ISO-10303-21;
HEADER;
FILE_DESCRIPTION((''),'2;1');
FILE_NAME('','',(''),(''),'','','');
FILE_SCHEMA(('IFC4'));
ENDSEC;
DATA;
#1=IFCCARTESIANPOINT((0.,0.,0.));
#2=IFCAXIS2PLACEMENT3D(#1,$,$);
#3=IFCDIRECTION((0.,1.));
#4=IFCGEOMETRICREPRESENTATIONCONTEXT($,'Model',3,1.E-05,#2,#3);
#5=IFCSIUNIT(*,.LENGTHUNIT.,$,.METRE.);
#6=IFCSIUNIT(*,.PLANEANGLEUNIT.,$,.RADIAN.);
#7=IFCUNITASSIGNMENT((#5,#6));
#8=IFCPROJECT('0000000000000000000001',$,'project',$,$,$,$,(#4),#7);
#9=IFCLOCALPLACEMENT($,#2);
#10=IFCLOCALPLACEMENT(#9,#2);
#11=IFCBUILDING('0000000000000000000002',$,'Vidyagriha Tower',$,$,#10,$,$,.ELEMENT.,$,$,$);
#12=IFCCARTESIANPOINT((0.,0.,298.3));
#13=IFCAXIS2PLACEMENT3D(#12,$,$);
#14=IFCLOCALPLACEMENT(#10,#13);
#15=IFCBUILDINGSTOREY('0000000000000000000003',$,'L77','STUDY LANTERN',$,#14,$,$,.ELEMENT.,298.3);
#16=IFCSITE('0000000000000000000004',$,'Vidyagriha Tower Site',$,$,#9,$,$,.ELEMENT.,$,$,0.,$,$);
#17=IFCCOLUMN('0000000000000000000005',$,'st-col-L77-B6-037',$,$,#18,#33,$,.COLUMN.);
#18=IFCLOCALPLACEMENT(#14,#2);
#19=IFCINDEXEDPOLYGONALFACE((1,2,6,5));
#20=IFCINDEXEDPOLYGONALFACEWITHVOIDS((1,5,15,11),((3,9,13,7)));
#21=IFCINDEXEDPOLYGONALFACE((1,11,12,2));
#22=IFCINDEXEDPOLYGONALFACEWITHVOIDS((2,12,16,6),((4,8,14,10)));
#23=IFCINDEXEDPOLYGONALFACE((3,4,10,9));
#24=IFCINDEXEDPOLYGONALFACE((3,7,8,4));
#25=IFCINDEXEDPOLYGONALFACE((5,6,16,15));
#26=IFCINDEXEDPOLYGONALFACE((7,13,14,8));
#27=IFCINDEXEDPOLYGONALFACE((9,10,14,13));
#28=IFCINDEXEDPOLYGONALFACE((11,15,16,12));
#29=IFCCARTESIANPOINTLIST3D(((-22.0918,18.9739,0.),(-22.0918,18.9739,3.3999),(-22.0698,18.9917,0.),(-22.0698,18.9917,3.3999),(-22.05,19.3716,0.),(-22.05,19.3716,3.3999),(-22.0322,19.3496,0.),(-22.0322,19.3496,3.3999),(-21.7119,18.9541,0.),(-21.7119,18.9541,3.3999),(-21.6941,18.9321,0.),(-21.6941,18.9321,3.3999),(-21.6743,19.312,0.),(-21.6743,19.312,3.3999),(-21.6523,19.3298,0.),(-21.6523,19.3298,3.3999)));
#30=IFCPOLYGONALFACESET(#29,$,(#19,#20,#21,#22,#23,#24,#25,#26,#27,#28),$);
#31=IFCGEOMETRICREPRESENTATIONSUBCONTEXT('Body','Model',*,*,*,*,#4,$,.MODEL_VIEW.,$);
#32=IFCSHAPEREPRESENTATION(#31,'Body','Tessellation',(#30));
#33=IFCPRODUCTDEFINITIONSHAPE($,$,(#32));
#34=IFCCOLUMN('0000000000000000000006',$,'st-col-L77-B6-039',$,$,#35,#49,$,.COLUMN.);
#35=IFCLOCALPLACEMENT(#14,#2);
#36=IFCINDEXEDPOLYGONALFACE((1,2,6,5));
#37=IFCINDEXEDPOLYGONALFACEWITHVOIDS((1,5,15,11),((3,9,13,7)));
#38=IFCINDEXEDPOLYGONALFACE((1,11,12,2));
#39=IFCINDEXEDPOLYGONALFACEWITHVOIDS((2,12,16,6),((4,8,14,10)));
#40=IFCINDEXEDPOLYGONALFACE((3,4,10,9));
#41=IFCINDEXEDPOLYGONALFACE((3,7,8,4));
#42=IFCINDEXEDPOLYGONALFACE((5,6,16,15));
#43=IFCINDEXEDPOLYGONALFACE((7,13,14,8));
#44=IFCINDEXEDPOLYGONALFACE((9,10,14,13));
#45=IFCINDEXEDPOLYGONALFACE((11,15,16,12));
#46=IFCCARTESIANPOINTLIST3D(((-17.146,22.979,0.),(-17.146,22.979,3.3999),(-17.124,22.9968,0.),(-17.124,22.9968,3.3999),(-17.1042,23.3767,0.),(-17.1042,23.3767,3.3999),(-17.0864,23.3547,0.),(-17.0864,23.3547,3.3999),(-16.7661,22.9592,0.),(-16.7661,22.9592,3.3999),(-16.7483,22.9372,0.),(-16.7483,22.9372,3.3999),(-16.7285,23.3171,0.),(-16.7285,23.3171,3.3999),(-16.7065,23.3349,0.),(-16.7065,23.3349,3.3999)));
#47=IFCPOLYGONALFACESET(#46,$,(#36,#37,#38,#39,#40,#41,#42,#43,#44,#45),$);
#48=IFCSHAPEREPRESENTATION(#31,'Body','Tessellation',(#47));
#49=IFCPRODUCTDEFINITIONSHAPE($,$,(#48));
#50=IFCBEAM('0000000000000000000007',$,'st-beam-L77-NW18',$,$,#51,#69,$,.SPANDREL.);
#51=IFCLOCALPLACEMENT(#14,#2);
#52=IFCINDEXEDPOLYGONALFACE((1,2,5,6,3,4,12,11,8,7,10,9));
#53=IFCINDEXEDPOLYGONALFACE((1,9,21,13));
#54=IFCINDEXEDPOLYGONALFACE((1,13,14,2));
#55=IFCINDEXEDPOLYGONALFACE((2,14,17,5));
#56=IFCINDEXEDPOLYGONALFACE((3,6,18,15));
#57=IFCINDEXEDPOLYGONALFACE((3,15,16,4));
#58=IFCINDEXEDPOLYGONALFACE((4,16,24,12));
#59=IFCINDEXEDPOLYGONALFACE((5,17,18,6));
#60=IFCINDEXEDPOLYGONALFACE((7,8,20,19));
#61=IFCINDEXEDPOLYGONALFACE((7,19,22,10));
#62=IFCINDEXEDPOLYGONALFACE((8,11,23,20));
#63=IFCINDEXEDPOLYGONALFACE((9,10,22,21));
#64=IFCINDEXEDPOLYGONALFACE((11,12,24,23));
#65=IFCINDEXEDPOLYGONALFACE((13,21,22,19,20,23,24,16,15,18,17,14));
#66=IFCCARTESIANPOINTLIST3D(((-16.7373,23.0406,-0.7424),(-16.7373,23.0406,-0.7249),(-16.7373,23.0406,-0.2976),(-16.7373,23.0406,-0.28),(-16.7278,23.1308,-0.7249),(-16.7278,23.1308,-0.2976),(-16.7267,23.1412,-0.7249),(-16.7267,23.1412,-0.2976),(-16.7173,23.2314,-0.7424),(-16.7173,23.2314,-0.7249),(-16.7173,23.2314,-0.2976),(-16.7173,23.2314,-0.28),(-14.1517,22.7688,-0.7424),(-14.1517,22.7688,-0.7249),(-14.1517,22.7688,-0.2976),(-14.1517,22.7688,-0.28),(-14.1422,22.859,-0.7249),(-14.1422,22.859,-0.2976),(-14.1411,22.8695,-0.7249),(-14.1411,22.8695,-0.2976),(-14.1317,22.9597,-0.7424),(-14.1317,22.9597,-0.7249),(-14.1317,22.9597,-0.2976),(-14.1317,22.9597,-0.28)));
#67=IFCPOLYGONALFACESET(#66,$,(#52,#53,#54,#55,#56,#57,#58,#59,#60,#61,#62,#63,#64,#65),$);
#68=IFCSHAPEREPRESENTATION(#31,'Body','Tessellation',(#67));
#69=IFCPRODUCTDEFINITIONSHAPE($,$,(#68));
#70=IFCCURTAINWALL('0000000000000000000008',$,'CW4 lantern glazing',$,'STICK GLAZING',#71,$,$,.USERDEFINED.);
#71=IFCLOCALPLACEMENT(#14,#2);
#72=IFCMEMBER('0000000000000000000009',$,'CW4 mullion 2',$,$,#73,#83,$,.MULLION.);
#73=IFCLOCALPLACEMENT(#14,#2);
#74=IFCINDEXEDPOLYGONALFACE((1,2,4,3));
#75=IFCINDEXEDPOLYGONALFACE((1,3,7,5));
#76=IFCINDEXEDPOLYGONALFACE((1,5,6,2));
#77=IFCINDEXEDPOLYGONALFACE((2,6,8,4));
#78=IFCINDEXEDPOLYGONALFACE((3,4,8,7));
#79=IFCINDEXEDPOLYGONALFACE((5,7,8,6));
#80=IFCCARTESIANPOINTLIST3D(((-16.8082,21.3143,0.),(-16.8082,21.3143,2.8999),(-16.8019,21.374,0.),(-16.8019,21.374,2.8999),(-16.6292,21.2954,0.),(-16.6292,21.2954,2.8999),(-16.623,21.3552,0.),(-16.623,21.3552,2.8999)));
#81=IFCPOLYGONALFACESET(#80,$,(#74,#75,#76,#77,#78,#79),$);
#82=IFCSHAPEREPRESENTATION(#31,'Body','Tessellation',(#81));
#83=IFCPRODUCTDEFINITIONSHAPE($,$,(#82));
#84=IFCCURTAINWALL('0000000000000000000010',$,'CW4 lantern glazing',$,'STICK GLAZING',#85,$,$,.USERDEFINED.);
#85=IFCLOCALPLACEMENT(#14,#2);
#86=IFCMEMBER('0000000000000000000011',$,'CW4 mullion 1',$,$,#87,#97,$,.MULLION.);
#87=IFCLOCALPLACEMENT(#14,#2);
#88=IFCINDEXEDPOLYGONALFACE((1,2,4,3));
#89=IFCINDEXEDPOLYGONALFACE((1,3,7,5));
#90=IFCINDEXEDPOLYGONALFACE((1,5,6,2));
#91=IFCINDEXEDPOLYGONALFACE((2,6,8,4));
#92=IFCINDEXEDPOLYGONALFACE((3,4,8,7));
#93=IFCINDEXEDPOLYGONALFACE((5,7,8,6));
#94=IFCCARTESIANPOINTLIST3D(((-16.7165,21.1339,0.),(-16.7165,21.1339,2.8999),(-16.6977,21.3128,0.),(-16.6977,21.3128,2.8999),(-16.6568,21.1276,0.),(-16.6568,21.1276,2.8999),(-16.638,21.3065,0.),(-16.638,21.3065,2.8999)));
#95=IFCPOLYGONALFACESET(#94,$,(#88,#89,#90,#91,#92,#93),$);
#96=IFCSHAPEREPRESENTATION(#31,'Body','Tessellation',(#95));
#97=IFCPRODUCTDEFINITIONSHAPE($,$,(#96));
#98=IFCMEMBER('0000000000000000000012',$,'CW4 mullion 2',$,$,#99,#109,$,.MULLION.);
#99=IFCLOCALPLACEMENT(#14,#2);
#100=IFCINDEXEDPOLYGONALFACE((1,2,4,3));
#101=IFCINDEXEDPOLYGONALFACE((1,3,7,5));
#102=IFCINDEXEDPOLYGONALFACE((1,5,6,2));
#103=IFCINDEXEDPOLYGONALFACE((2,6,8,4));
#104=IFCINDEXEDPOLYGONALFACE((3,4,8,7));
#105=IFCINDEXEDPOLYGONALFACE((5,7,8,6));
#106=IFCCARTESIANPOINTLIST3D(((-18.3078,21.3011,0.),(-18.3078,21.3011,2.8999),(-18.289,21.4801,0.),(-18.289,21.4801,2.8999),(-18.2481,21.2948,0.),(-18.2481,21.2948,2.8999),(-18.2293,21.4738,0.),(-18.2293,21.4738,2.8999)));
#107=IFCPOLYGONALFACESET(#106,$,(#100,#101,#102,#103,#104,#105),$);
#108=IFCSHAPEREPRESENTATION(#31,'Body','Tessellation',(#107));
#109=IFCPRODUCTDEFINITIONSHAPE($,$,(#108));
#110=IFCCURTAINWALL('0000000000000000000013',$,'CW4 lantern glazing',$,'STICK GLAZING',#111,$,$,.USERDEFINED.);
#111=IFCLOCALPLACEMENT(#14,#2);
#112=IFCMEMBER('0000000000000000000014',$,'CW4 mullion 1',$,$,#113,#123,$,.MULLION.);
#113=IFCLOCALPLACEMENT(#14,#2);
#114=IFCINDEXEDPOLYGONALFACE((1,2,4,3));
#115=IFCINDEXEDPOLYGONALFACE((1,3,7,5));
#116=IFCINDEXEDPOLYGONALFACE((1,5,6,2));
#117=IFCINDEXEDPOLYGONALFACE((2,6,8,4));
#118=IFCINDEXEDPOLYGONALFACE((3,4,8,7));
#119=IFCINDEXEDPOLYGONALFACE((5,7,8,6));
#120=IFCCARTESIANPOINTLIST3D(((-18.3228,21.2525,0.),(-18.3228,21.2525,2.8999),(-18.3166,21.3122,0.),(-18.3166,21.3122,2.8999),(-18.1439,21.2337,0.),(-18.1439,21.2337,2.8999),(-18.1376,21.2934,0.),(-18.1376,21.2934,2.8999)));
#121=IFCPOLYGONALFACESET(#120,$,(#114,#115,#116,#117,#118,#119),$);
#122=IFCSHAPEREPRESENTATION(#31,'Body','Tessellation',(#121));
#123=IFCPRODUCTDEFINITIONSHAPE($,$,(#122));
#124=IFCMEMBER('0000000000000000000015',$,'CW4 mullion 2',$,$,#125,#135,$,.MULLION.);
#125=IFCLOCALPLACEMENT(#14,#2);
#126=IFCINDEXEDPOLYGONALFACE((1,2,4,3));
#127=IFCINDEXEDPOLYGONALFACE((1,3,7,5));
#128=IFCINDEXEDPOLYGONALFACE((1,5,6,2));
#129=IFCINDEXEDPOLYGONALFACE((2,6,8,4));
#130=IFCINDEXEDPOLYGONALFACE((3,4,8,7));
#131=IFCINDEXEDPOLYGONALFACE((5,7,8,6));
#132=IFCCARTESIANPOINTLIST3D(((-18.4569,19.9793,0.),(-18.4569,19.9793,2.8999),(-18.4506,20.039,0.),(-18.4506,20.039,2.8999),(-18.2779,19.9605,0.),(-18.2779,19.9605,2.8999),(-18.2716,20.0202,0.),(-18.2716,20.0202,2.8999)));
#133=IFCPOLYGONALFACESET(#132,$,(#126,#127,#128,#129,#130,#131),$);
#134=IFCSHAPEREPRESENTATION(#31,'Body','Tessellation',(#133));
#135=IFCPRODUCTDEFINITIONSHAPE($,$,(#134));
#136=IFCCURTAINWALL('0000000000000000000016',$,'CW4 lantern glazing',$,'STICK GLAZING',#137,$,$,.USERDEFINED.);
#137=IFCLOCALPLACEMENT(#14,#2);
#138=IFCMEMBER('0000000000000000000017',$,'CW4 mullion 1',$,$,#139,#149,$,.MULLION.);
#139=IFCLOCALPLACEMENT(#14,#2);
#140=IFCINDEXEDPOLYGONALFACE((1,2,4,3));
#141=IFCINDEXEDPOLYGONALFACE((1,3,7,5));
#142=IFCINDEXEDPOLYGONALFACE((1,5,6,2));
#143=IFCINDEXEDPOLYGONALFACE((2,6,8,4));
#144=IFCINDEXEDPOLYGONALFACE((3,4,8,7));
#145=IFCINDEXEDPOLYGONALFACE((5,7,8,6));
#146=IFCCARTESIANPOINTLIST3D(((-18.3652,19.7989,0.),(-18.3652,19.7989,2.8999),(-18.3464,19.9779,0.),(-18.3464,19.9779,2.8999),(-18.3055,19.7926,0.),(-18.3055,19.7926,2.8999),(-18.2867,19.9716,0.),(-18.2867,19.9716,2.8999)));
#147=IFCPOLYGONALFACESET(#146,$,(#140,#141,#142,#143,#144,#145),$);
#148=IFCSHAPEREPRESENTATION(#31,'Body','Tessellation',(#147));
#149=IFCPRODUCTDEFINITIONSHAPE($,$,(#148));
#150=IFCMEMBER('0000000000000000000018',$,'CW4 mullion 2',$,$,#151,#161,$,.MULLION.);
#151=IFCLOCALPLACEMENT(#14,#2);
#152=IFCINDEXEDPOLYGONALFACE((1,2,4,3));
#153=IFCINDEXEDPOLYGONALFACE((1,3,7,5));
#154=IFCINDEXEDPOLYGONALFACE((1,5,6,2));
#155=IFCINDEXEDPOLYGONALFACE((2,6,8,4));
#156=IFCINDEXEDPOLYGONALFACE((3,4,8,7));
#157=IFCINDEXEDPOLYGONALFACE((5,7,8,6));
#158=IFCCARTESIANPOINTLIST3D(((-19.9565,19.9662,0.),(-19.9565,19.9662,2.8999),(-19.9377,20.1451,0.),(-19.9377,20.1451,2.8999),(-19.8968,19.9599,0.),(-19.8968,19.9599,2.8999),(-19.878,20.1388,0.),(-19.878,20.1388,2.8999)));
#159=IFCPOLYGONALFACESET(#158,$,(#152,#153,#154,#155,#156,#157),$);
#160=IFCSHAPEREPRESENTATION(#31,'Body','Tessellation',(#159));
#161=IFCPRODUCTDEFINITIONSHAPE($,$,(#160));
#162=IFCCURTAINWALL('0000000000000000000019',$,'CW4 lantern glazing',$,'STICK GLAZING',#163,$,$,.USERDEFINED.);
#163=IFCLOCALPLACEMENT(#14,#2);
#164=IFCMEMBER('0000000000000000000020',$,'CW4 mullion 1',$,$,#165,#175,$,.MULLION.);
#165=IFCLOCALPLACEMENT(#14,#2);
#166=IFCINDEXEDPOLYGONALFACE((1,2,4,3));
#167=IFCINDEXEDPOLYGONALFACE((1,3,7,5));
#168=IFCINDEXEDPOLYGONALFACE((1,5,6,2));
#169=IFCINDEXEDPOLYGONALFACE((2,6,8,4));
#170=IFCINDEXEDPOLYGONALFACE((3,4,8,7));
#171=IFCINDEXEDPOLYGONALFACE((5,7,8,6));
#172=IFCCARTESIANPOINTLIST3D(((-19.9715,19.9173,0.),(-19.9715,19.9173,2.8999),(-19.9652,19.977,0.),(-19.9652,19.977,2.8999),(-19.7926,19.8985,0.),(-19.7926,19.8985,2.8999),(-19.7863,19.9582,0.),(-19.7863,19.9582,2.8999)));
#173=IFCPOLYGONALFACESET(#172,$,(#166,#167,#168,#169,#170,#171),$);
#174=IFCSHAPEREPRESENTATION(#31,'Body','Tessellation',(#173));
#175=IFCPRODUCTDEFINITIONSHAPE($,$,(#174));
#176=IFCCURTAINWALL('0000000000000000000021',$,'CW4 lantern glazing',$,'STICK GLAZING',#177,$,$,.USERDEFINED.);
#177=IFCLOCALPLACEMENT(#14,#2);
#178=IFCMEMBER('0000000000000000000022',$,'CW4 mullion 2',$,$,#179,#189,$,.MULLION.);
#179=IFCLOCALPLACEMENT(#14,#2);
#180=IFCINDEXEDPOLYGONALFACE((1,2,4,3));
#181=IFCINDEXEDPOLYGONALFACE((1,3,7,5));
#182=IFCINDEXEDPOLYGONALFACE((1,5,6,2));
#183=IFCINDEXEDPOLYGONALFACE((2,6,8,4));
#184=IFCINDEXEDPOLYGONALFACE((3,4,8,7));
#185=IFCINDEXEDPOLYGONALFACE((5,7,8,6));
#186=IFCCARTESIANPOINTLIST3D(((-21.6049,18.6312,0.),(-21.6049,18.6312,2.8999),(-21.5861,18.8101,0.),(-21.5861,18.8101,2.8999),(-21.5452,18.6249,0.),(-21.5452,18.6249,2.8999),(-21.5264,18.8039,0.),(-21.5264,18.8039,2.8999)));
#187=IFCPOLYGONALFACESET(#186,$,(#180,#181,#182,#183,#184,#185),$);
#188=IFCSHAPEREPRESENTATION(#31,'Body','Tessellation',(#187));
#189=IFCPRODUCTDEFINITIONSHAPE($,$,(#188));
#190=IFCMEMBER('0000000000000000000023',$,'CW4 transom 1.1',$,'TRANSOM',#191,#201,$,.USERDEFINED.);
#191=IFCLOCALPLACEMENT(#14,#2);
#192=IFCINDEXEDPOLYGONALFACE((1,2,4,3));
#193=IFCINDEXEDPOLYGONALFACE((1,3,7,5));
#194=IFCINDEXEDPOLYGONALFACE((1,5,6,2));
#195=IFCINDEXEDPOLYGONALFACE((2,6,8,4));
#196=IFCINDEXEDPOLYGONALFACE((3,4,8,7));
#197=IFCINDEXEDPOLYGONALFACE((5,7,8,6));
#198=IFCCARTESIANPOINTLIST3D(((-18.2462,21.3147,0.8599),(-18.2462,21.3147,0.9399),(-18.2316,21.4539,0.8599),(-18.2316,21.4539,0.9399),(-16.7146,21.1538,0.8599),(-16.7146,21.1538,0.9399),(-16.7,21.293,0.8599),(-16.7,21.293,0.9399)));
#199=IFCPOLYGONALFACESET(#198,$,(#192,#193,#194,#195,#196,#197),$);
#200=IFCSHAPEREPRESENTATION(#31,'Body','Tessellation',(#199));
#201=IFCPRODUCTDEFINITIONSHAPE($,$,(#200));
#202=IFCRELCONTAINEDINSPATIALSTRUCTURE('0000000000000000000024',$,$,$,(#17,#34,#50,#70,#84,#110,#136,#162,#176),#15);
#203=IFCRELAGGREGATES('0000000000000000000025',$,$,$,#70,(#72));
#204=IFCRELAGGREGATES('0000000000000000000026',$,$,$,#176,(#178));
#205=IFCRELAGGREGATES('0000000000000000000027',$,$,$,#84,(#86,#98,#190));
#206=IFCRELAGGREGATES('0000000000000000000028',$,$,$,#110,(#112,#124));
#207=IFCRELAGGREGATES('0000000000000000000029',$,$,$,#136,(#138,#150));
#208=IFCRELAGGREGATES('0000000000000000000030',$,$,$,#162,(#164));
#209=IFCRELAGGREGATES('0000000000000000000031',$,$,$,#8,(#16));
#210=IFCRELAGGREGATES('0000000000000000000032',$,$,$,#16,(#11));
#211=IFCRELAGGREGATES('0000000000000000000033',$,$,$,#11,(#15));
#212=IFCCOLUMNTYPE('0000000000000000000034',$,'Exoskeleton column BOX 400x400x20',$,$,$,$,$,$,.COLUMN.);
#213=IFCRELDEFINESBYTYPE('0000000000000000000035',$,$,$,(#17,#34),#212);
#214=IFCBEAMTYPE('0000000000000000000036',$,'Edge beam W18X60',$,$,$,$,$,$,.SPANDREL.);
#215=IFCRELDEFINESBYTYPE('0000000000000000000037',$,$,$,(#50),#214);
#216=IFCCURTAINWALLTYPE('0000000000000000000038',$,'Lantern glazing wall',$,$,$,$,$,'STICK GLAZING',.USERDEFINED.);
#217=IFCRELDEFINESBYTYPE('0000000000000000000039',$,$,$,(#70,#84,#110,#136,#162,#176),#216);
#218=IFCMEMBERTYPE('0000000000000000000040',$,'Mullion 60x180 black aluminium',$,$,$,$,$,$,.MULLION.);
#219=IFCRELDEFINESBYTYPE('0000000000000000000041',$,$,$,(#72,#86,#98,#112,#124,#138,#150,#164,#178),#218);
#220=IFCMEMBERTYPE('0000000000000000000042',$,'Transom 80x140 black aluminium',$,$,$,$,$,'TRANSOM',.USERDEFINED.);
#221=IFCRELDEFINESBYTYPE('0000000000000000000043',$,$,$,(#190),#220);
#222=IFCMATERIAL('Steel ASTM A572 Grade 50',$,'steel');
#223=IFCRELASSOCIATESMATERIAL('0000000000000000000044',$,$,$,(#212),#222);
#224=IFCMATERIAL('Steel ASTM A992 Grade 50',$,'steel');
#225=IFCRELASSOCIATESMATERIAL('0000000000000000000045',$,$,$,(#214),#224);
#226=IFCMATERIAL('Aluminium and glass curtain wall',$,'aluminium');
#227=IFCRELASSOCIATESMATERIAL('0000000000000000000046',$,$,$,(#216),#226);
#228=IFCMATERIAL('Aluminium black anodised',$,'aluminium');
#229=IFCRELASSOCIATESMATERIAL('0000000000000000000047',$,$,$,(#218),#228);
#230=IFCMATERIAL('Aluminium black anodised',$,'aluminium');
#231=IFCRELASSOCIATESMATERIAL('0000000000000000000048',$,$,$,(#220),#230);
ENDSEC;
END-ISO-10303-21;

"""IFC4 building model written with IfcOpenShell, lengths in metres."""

from ifc_helpers import new_model, si_unit, direction, frame, origin, origin_2d, place, context, subcontext, project, spatial, rectangle, hollow_rectangle, i_section, extrude, material, material_profile, profile_set, type_object, element, aggregate, save


model = new_model("IFC4")

# Units and contexts
model_context = context("Model", 3, precision=1e-05, world=origin(), true_north=direction((0.0, 1.0)))
body_context = subcontext(model_context, "Body", "Model", "MODEL_VIEW")
ifc_project = project(units=[si_unit("LENGTHUNIT", "METRE"), si_unit("PLANEANGLEUNIT", "RADIAN")], contexts=[model_context])

# Site, building, storey
site_placement = place(None, origin())
site = spatial("IfcSite", under=ifc_project, at=site_placement, Name="Vidyagriha Tower Site", CompositionType="ELEMENT", RefElevation=0.0)
building_placement = place(site_placement, origin())
building = spatial("IfcBuilding", under=site, at=building_placement, Name="Vidyagriha Tower", CompositionType="ELEMENT")
storey_placement = place(building_placement, frame((0.0, 0.0, 298.3)))
storey = spatial("IfcBuildingStorey", under=building, at=storey_placement, Name="L77", Description="STUDY LANTERN", CompositionType="ELEMENT", Elevation=298.3)

# Columns
ifc_material_1 = material(Name="Steel ASTM A572 Grade 50", Category="steel")
ifc_material_profile_1 = material_profile(ifc_material_1, hollow_rectangle(XDim=0.3999, YDim=0.3999, WallThickness=0.02, at=origin_2d()), Name="BOX 400x400x20")
ifc_profile_set_1 = profile_set([ifc_material_profile_1], Name="Steel ASTM A572 Grade 50")
column_type = type_object("IfcColumnType", Name="Exoskeleton column BOX 400x400x20", PredefinedType="COLUMN", material=ifc_profile_set_1)
for number, where, z_axis, x_axis, name in (
    (1, (-21.8721, 19.1519, 0.0), (0.0, 0.0, 1.0), (0.994522, -0.104528, 0.0), "st-col-L77-B6-037"),
    (2, (-16.9263, 23.157, 0.0), (0.0, 0.0, 1.0), (0.994522, -0.104528, 0.0), "st-col-L77-B6-039"),
):
    element("IfcColumn", number, at=place(storey_placement, frame(where, z_axis=z_axis, x_axis=x_axis)), inside=storey, type_object=column_type, Name=name, PredefinedType="COLUMN", context=body_context, shape_type="SweptSolid", body=[
        extrude(hollow_rectangle(XDim=0.3999, YDim=0.3999, WallThickness=0.02, at=origin_2d()), origin(), (0.0, 0.0, 1.0), 3.3999),
    ])

# Beam
ifc_material_2 = material(Name="Steel ASTM A992 Grade 50", Category="steel")
ifc_material_profile_2 = material_profile(ifc_material_2, i_section(OverallWidth=0.1919, OverallDepth=0.4624, WebThickness=0.0105, FlangeThickness=0.0176, at=origin_2d()), Name="W18X60")
ifc_profile_set_2 = profile_set([ifc_material_profile_2], Name="Steel ASTM A992 Grade 50")
beam_type = type_object("IfcBeamType", Name="Edge beam W18X60", PredefinedType="SPANDREL", material=ifc_profile_set_2)
beam_placement = place(storey_placement, frame((-16.7273, 23.136, -0.5112), z_axis=(0.994523, -0.104514, 0.0), x_axis=(0.104514, 0.994523, 0.0)))
element("IfcBeam", 3, at=beam_placement, inside=storey, type_object=beam_type, Name="st-beam-L77-NW18", PredefinedType="SPANDREL", context=body_context, shape_type="SweptSolid", body=[
    extrude(i_section(OverallWidth=0.1919, OverallDepth=0.4624, WebThickness=0.0105, FlangeThickness=0.0176, at=origin_2d()), origin(), (0.0, 0.0, 1.0), 2.5999),
])

# Curtain wall, member
ifc_material_3 = material(Name="Aluminium and glass curtain wall", Category="aluminium")
curtain_wall_type = type_object("IfcCurtainWallType", Name="Lantern glazing wall", ElementType="STICK GLAZING", PredefinedType="USERDEFINED", material=ifc_material_3)
curtain_wall_1_placement = place(storey_placement, origin())
curtain_wall_1 = element("IfcCurtainWall", 4, at=curtain_wall_1_placement, inside=storey, type_object=curtain_wall_type, Name="CW4 lantern glazing", ObjectType="STICK GLAZING", PredefinedType="USERDEFINED")
ifc_material_4 = material(Name="Aluminium black anodised", Category="aluminium")
ifc_material_profile_3 = material_profile(ifc_material_4, rectangle(XDim=0.1799, YDim=0.0601, at=origin_2d()), Name="Mullion 60x180 black aluminium")
ifc_profile_set_3 = profile_set([ifc_material_profile_3], Name="Aluminium black anodised")
member_type_1 = type_object("IfcMemberType", Name="Mullion 60x180 black aluminium", PredefinedType="MULLION", material=ifc_profile_set_3)
member_1_placement = place(storey_placement, frame((-16.7156, 21.3347, 0.0), z_axis=(0.0, 0.0, 1.0), x_axis=(0.99452, -0.104549, 0.0)))
member_1 = element("IfcMember", 5, at=member_1_placement, type_object=member_type_1, Name="CW4 mullion 2", PredefinedType="MULLION", context=body_context, shape_type="SweptSolid", body=[
    extrude(rectangle(XDim=0.1799, YDim=0.0601, at=origin_2d()), origin(), (0.0, 0.0, 1.0), 2.8999),
])
aggregate(curtain_wall_1, [member_1])

# Curtain walls, members
curtain_wall_2_placement = place(storey_placement, origin())
curtain_wall_2 = element("IfcCurtainWall", 6, at=curtain_wall_2_placement, inside=storey, type_object=curtain_wall_type, Name="CW4 lantern glazing", ObjectType="STICK GLAZING", PredefinedType="USERDEFINED")
member_2_placement = place(storey_placement, frame((-16.6772, 21.2202, 0.0), z_axis=(0.0, 0.0, 1.0), x_axis=(-0.104519, -0.994523, 0.0)))
member_2 = element("IfcMember", 7, at=member_2_placement, type_object=member_type_1, Name="CW4 mullion 1", PredefinedType="MULLION", context=body_context, shape_type="SweptSolid", body=[
    extrude(rectangle(XDim=0.1799, YDim=0.0601, at=origin_2d()), origin(), (0.0, 0.0, 1.0), 2.8999),
])
member_3_placement = place(storey_placement, frame((-18.2686, 21.3875, 0.0), z_axis=(0.0, 0.0, 1.0), x_axis=(-0.104519, -0.994523, 0.0)))
member_3 = element("IfcMember", 8, at=member_3_placement, type_object=member_type_1, Name="CW4 mullion 2", PredefinedType="MULLION", context=body_context, shape_type="SweptSolid", body=[
    extrude(rectangle(XDim=0.1799, YDim=0.0601, at=origin_2d()), origin(), (0.0, 0.0, 1.0), 2.8999),
])
curtain_wall_3_placement = place(storey_placement, origin())
curtain_wall_3 = element("IfcCurtainWall", 9, at=curtain_wall_3_placement, inside=storey, type_object=curtain_wall_type, Name="CW4 lantern glazing", ObjectType="STICK GLAZING", PredefinedType="USERDEFINED")
member_4_placement = place(storey_placement, frame((-18.2302, 21.2729, 0.0), z_axis=(0.0, 0.0, 1.0), x_axis=(0.99452, -0.104549, 0.0)))
member_4 = element("IfcMember", 10, at=member_4_placement, type_object=member_type_1, Name="CW4 mullion 1", PredefinedType="MULLION", context=body_context, shape_type="SweptSolid", body=[
    extrude(rectangle(XDim=0.1799, YDim=0.0601, at=origin_2d()), origin(), (0.0, 0.0, 1.0), 2.8999),
])
member_5_placement = place(storey_placement, frame((-18.3643, 19.9998, 0.0), z_axis=(0.0, 0.0, 1.0), x_axis=(0.99452, -0.104549, 0.0)))
member_5 = element("IfcMember", 11, at=member_5_placement, type_object=member_type_1, Name="CW4 mullion 2", PredefinedType="MULLION", context=body_context, shape_type="SweptSolid", body=[
    extrude(rectangle(XDim=0.1799, YDim=0.0601, at=origin_2d()), origin(), (0.0, 0.0, 1.0), 2.8999),
])
curtain_wall_4_placement = place(storey_placement, origin())
curtain_wall_4 = element("IfcCurtainWall", 12, at=curtain_wall_4_placement, inside=storey, type_object=curtain_wall_type, Name="CW4 lantern glazing", ObjectType="STICK GLAZING", PredefinedType="USERDEFINED")
member_6_placement = place(storey_placement, frame((-18.3259, 19.8853, 0.0), z_axis=(0.0, 0.0, 1.0), x_axis=(-0.104512, -0.994524, 0.0)))
member_6 = element("IfcMember", 13, at=member_6_placement, type_object=member_type_1, Name="CW4 mullion 1", PredefinedType="MULLION", context=body_context, shape_type="SweptSolid", body=[
    extrude(rectangle(XDim=0.1799, YDim=0.0601, at=origin_2d()), origin(), (0.0, 0.0, 1.0), 2.8999),
])
member_7_placement = place(storey_placement, frame((-19.9172, 20.0525, 0.0), z_axis=(0.0, 0.0, 1.0), x_axis=(-0.104512, -0.994524, 0.0)))
member_7 = element("IfcMember", 14, at=member_7_placement, type_object=member_type_1, Name="CW4 mullion 2", PredefinedType="MULLION", context=body_context, shape_type="SweptSolid", body=[
    extrude(rectangle(XDim=0.1799, YDim=0.0601, at=origin_2d()), origin(), (0.0, 0.0, 1.0), 2.8999),
])

# Curtain walls, members
curtain_wall_5_placement = place(storey_placement, origin())
curtain_wall_5 = element("IfcCurtainWall", 15, at=curtain_wall_5_placement, inside=storey, type_object=curtain_wall_type, Name="CW4 lantern glazing", ObjectType="STICK GLAZING", PredefinedType="USERDEFINED")
member_8_placement = place(storey_placement, frame((-19.8789, 19.9377, 0.0), z_axis=(0.0, 0.0, 1.0), x_axis=(0.994518, -0.104564, 0.0)))
member_8 = element("IfcMember", 16, at=member_8_placement, type_object=member_type_1, Name="CW4 mullion 1", PredefinedType="MULLION", context=body_context, shape_type="SweptSolid", body=[
    extrude(rectangle(XDim=0.1799, YDim=0.0601, at=origin_2d()), origin(), (0.0, 0.0, 1.0), 2.8999),
])
curtain_wall_6_placement = place(storey_placement, origin())
curtain_wall_6 = element("IfcCurtainWall", 17, at=curtain_wall_6_placement, inside=storey, type_object=curtain_wall_type, Name="CW4 lantern glazing", ObjectType="STICK GLAZING", PredefinedType="USERDEFINED")
member_9_placement = place(storey_placement, frame((-21.5657, 18.7175, 0.0), z_axis=(0.0, 0.0, 1.0), x_axis=(-0.104453, -0.99453, 0.0)))
member_9 = element("IfcMember", 18, at=member_9_placement, type_object=member_type_1, Name="CW4 mullion 2", PredefinedType="MULLION", context=body_context, shape_type="SweptSolid", body=[
    extrude(rectangle(XDim=0.1799, YDim=0.0601, at=origin_2d()), origin(), (0.0, 0.0, 1.0), 2.8999),
])
aggregate(curtain_wall_6, [member_9])

# Member
ifc_material_5 = material(Name="Aluminium black anodised", Category="aluminium")
ifc_material_profile_4 = material_profile(ifc_material_5, rectangle(XDim=0.1399, YDim=0.0801, at=origin_2d()), Name="Transom 80x140 black aluminium")
ifc_profile_set_4 = profile_set([ifc_material_profile_4], Name="Aluminium black anodised")
member_type_2 = type_object("IfcMemberType", Name="Transom 80x140 black aluminium", ElementType="TRANSOM", PredefinedType="USERDEFINED", material=ifc_profile_set_4)
member_10_placement = place(storey_placement, frame((-16.7073, 21.2234, 0.8999), z_axis=(-0.994527, 0.104478, 0.0), x_axis=(-0.104478, -0.994527, 0.0)))
member_10 = element("IfcMember", 19, at=member_10_placement, type_object=member_type_2, Name="CW4 transom 1.1", ObjectType="TRANSOM", PredefinedType="USERDEFINED", context=body_context, shape_type="SweptSolid", body=[
    extrude(rectangle(XDim=0.1399, YDim=0.0801, at=origin_2d()), origin(), (0.0, 0.0, 1.0), 1.54),
])

aggregate(curtain_wall_2, [member_2, member_3, member_10])
aggregate(curtain_wall_3, [member_4, member_5])
aggregate(curtain_wall_4, [member_6, member_7])
aggregate(curtain_wall_5, [member_8])

save(model, "model.ifc")
